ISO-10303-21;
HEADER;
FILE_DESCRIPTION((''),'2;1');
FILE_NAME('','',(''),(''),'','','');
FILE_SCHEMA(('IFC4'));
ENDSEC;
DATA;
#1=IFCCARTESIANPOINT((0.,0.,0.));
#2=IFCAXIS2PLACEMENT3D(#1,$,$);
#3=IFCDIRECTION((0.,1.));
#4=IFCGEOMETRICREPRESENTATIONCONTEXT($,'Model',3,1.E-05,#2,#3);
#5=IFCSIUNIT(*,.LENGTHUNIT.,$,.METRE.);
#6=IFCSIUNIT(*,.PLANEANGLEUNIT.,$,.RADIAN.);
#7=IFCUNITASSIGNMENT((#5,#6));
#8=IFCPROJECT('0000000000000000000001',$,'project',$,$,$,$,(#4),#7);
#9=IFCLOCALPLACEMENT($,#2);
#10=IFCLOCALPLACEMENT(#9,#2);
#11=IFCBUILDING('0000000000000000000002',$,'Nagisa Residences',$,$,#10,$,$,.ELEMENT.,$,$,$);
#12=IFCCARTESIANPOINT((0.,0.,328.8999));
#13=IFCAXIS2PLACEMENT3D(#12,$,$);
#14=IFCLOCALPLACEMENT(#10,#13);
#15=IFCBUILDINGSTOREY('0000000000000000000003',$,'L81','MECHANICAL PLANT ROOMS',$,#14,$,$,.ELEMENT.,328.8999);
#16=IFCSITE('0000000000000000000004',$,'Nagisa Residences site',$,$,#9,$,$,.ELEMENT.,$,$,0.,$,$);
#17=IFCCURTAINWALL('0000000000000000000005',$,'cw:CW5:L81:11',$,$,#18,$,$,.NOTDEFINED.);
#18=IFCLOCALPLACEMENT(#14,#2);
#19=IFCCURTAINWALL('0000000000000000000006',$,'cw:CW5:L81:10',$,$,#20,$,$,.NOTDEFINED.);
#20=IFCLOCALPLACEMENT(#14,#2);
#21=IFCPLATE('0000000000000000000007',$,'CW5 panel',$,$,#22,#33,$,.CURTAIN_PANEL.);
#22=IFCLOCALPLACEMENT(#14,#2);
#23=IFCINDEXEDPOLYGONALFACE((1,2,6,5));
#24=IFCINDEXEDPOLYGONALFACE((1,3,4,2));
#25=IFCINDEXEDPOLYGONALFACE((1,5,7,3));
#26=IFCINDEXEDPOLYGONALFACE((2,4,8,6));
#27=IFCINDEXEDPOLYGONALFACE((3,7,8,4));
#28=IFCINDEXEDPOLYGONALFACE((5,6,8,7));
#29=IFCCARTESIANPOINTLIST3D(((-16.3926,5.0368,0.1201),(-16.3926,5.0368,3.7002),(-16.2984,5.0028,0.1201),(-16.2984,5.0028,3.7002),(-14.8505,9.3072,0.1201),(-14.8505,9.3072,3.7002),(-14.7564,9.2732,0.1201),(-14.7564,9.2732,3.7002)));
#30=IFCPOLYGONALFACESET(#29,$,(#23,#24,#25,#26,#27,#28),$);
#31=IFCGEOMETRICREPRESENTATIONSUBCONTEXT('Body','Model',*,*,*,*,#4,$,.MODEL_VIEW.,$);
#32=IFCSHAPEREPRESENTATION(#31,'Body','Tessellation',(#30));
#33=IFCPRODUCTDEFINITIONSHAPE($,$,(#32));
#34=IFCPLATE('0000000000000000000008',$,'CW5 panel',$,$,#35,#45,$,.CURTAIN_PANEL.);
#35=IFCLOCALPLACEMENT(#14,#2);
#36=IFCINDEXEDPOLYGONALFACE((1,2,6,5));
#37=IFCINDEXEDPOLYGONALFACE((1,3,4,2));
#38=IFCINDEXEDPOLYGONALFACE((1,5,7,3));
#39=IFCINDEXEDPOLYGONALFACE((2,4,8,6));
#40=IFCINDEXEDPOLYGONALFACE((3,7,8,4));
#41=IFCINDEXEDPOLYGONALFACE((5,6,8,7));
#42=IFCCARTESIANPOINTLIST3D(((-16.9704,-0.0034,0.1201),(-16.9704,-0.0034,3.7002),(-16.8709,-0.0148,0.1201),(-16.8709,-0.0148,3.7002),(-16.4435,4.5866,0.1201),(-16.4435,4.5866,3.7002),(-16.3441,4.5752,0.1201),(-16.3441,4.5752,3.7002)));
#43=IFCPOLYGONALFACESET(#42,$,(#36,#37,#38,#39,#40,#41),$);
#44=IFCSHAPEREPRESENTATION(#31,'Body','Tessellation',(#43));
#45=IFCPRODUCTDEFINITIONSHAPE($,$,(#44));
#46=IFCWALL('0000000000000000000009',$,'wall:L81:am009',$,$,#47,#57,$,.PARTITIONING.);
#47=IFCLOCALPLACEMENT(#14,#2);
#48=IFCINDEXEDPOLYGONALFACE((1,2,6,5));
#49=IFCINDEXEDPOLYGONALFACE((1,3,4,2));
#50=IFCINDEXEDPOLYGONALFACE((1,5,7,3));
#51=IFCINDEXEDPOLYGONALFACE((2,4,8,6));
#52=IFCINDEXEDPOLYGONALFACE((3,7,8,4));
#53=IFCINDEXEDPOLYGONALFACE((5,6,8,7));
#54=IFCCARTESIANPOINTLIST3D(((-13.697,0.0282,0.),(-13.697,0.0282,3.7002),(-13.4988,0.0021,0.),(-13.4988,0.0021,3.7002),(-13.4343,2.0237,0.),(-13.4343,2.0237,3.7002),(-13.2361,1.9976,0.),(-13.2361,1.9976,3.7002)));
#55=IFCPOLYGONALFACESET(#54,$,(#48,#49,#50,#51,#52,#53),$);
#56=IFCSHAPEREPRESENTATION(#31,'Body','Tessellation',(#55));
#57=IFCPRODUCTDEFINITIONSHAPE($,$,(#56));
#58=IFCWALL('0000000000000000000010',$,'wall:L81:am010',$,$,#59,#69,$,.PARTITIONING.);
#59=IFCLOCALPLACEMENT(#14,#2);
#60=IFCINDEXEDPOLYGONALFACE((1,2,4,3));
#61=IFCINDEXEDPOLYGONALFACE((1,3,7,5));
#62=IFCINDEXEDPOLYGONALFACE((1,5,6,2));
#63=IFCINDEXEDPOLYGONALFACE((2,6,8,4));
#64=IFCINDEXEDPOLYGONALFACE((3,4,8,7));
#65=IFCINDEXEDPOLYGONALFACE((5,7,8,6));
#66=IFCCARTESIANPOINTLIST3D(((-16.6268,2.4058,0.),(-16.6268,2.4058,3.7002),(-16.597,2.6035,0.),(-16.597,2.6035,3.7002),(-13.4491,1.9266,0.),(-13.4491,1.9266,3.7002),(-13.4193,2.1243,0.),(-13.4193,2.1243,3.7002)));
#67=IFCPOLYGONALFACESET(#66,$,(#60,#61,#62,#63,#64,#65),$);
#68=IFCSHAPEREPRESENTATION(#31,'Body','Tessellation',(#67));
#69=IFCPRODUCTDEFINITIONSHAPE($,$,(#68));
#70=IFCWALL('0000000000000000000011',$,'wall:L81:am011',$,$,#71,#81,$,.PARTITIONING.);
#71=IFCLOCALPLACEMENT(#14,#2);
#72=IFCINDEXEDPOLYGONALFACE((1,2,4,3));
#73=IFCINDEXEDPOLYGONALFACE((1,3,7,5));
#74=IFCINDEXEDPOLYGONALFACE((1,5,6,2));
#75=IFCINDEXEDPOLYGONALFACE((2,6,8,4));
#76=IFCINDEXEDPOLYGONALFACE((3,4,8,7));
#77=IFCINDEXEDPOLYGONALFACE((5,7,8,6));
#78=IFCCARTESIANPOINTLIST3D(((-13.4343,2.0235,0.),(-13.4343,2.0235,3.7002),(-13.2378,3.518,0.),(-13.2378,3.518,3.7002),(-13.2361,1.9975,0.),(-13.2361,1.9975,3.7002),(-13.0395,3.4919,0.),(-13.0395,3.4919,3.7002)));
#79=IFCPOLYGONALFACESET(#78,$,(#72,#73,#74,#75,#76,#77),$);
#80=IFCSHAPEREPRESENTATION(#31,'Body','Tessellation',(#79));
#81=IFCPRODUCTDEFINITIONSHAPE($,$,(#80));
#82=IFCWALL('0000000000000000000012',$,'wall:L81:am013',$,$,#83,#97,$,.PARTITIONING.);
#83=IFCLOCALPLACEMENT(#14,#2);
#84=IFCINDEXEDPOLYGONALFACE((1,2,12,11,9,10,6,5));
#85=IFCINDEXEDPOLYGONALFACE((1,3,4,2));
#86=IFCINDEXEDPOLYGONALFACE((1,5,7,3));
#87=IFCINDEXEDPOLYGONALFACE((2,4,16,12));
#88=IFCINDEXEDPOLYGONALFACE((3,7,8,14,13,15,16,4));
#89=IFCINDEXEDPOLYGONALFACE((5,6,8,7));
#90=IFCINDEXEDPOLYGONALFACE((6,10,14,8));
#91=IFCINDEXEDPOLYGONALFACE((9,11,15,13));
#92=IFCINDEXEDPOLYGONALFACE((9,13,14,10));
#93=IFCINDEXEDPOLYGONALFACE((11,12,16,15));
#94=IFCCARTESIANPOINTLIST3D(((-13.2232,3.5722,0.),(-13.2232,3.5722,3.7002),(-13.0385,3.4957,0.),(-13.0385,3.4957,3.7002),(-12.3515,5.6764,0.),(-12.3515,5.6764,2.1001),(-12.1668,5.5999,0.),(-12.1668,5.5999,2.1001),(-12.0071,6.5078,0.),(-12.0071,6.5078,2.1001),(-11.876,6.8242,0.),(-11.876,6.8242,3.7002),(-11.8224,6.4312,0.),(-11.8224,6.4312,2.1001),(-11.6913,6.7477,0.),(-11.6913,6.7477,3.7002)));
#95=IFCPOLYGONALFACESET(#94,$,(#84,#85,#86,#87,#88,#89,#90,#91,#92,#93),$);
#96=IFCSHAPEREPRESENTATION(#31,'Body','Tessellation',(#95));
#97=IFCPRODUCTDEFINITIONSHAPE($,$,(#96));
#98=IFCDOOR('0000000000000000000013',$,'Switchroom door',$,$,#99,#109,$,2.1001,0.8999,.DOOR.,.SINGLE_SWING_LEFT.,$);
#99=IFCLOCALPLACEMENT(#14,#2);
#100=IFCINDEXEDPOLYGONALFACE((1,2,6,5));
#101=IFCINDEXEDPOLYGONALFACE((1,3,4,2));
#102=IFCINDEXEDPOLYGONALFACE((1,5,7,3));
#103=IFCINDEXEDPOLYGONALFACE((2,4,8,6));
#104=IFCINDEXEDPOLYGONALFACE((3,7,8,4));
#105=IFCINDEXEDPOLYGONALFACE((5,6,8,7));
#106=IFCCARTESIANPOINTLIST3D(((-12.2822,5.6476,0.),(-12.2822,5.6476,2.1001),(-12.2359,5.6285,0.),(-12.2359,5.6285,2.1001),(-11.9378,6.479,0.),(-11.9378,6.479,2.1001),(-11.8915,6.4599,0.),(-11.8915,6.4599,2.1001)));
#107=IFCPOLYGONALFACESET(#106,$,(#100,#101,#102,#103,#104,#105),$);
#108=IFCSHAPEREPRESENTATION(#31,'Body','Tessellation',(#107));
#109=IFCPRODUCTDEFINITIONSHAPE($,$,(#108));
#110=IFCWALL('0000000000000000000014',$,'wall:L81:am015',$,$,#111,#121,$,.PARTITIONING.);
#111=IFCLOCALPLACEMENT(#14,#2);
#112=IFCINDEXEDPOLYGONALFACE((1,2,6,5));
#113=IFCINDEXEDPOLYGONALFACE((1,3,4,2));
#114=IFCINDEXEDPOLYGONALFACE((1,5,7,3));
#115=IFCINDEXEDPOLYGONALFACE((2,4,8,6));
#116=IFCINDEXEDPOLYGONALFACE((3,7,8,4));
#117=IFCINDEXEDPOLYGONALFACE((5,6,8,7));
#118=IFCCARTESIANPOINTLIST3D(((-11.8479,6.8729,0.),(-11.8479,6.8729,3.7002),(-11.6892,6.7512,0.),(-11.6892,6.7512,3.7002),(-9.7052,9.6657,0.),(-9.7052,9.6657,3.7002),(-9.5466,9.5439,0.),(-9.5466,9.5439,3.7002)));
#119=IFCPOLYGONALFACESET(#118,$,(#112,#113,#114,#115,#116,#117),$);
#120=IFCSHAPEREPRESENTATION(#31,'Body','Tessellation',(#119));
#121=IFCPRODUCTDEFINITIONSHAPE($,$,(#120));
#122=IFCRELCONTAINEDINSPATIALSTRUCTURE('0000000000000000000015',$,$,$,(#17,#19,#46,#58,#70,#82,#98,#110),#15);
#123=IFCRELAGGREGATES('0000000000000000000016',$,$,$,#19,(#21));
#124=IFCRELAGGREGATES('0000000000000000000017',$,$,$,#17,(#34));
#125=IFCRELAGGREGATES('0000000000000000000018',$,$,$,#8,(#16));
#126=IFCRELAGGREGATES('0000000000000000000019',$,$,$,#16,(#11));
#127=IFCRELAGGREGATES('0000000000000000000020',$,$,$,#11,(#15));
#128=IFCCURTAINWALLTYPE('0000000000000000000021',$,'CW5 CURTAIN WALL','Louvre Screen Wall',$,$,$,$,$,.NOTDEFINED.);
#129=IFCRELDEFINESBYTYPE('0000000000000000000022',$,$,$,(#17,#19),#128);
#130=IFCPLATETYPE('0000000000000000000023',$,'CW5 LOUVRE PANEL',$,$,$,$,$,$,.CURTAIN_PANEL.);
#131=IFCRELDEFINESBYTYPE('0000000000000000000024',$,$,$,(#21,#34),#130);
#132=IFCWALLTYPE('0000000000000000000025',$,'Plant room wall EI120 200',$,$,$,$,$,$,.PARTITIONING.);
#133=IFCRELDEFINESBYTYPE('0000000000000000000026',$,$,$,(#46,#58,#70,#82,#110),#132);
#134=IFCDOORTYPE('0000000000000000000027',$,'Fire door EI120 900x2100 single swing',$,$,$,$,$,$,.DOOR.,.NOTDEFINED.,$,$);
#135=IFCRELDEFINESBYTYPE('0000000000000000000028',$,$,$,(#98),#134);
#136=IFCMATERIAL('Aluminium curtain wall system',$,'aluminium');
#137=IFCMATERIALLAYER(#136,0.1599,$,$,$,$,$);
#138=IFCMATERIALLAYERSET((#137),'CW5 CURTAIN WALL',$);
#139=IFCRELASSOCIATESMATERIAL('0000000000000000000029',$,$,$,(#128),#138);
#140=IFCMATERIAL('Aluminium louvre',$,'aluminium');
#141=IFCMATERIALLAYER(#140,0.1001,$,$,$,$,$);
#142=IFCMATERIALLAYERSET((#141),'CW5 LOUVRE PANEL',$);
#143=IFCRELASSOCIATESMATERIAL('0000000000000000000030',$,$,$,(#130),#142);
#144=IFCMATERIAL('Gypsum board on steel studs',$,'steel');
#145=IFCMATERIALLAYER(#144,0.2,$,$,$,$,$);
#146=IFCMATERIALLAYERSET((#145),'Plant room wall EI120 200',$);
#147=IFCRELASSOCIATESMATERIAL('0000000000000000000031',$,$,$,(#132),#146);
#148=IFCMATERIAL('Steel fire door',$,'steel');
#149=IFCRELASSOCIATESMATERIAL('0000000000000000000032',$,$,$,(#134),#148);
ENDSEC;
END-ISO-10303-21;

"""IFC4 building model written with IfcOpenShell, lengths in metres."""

from ifc_helpers import new_model, si_unit, direction, frame, frame_2d, origin, origin_2d, place, context, subcontext, project, spatial, rectangle, extrude, material, layer, layer_set, type_object, element, fill, aggregate, save


model = new_model("IFC4")

# Units and contexts
model_context = context("Model", 3, precision=1e-05, world=origin(), true_north=direction((0.0, 1.0)))
body_context = subcontext(model_context, "Body", "Model", "MODEL_VIEW")
ifc_project = project(units=[si_unit("LENGTHUNIT", "METRE"), si_unit("PLANEANGLEUNIT", "RADIAN")], contexts=[model_context])

# Site, building, storey
site_placement = place(None, origin())
site = spatial("IfcSite", under=ifc_project, at=site_placement, Name="Nagisa Residences site", CompositionType="ELEMENT", RefElevation=0.0)
building_placement = place(site_placement, origin())
building = spatial("IfcBuilding", under=site, at=building_placement, Name="Nagisa Residences", CompositionType="ELEMENT")
storey_placement = place(building_placement, frame((0.0, 0.0, 328.8999)))
storey = spatial("IfcBuildingStorey", under=building, at=storey_placement, Name="L81", Description="MECHANICAL PLANT ROOMS", CompositionType="ELEMENT", Elevation=328.8999)

# Curtain wall
ifc_material_1 = material(Name="Aluminium curtain wall system", Category="aluminium")
ifc_layer_1 = layer(ifc_material_1, 0.1599)
ifc_layer_set_1 = layer_set([ifc_layer_1], Name="CW5 CURTAIN WALL")
curtain_wall_type = type_object("IfcCurtainWallType", Name="CW5 CURTAIN WALL", Description="Louvre Screen Wall", PredefinedType="NOTDEFINED", material=ifc_layer_set_1)
curtain_wall_1_placement = place(storey_placement, origin())
curtain_wall_1 = element("IfcCurtainWall", 1, at=curtain_wall_1_placement, inside=storey, type_object=curtain_wall_type, Name="cw:CW5:L81:11", PredefinedType="NOTDEFINED")

# Curtain wall, plate
curtain_wall_2_placement = place(storey_placement, origin())
curtain_wall_2 = element("IfcCurtainWall", 2, at=curtain_wall_2_placement, inside=storey, type_object=curtain_wall_type, Name="cw:CW5:L81:10", PredefinedType="NOTDEFINED")
ifc_material_2 = material(Name="Aluminium louvre", Category="aluminium")
ifc_layer_2 = layer(ifc_material_2, 0.1001)
ifc_layer_set_2 = layer_set([ifc_layer_2], Name="CW5 LOUVRE PANEL")
plate_type = type_object("IfcPlateType", Name="CW5 LOUVRE PANEL", PredefinedType="CURTAIN_PANEL", material=ifc_layer_set_2)
plate_1_placement = place(storey_placement, frame((-15.5745, 7.155, 0.1201), z_axis=(0.0, 0.0, 1.0), x_axis=(-0.339643, -0.940554, 0.0)))
plate_1 = element("IfcPlate", 3, at=plate_1_placement, type_object=plate_type, Name="CW5 panel", PredefinedType="CURTAIN_PANEL", context=body_context, shape_type="SweptSolid", body=[
    extrude(rectangle(XDim=4.5403, YDim=0.1001, at=origin_2d()), origin(), (0.0, 0.0, 1.0), 3.5801),
])
aggregate(curtain_wall_2, [plate_1])

# Plate
plate_2_placement = place(storey_placement, frame((-16.6572, 2.2859, 0.1201), z_axis=(0.0, 0.0, 1.0), x_axis=(-0.114025, -0.993478, 0.0)))
plate_2 = element("IfcPlate", 4, at=plate_2_placement, type_object=plate_type, Name="CW5 panel", PredefinedType="CURTAIN_PANEL", context=body_context, shape_type="SweptSolid", body=[
    extrude(rectangle(XDim=4.6201, YDim=0.1001, at=origin_2d()), origin(), (0.0, 0.0, 1.0), 3.5801),
])
aggregate(curtain_wall_1, [plate_2])

# Walls
ifc_material_3 = material(Name="Gypsum board on steel studs", Category="steel")
ifc_layer_3 = layer(ifc_material_3, 0.2)
ifc_layer_set_3 = layer_set([ifc_layer_3], Name="Plant room wall EI120 200")
wall_type = type_object("IfcWallType", Name="Plant room wall EI120 200", PredefinedType="PARTITIONING", material=ifc_layer_set_3)
wall_1_placement = place(storey_placement, frame((-13.5979, 0.0151, 0.0), z_axis=(0.0, 0.0, 1.0), x_axis=(0.130527, 0.991445, 0.0)))
element("IfcWall", 5, at=wall_1_placement, inside=storey, type_object=wall_type, Name="wall:L81:am009", PredefinedType="PARTITIONING", context=body_context, shape_type="SweptSolid", body=[
    extrude(rectangle(XDim=2.0127, YDim=0.2, at=frame_2d((1.0063, 0.0))), origin(), (0.0, 0.0, 1.0), 3.7002),
])
wall_2_placement = place(storey_placement, frame((-13.4341, 2.0254, 0.0), z_axis=(0.0, 0.0, 1.0), x_axis=(-0.988818, 0.149128, 0.0)))
element("IfcWall", 6, at=wall_2_placement, inside=storey, type_object=wall_type, Name="wall:L81:am010", PredefinedType="PARTITIONING", context=body_context, shape_type="SweptSolid", body=[
    extrude(rectangle(XDim=3.2136, YDim=0.2, at=frame_2d((1.6069, 0.0))), origin(), (0.0, 0.0, 1.0), 3.7002),
])
wall_3_placement = place(storey_placement, frame((-13.3352, 2.0105, 0.0), z_axis=(0.0, 0.0, 1.0), x_axis=(0.130392, 0.991463, 0.0)))
element("IfcWall", 7, at=wall_3_placement, inside=storey, type_object=wall_type, Name="wall:L81:am011", PredefinedType="PARTITIONING", context=body_context, shape_type="SweptSolid", body=[
    extrude(rectangle(XDim=1.5073, YDim=0.2, at=frame_2d((0.7537, 0.0))), origin(), (0.0, 0.0, 1.0), 3.7002),
])

# Wall, opening, door
wall_4_placement = place(storey_placement, frame((-13.1309, 3.5339, 0.0), z_axis=(0.0, 0.0, 1.0), x_axis=(0.382723, 0.923863, 0.0)))
wall_4 = element("IfcWall", 8, at=wall_4_placement, inside=storey, type_object=wall_type, Name="wall:L81:am013", PredefinedType="PARTITIONING", context=body_context, shape_type="SweptSolid", body=[
    extrude(rectangle(XDim=3.52, YDim=0.2, at=frame_2d((1.76, 0.0))), origin(), (0.0, 0.0, 1.0), 3.7002),
])
opening_placement = place(wall_4_placement, frame((2.2776, 0.0, 0.0)))
opening = element("IfcOpeningElement", 9, at=opening_placement, cuts=wall_4, PredefinedType="OPENING", context=body_context, shape_type="SweptSolid", body=[
    extrude(rectangle(XDim=0.8999, YDim=2.1001, at=frame_2d((0.45, 1.05))), frame((0.0, 0.1099, 0.0), z_axis=(0.0, -1.0, 0.0), x_axis=(1.0, 0.0, 0.0)), (0.0, 0.0, 1.0), 0.22),
])
ifc_material_4 = material(Name="Steel fire door", Category="steel")
door_type = type_object("IfcDoorType", Name="Fire door EI120 900x2100 single swing", OperationType="NOTDEFINED", PredefinedType="DOOR", material=ifc_material_4)
door_placement = place(opening_placement, origin())
door = element("IfcDoor", 10, at=door_placement, inside=storey, type_object=door_type, Name="Switchroom door", OperationType="SINGLE_SWING_LEFT", OverallHeight=2.1001, OverallWidth=0.8999, PredefinedType="DOOR", context=body_context, shape_type="SweptSolid", body=[
    extrude(rectangle(XDim=0.8999, YDim=2.1001, at=frame_2d((0.45, 1.05))), frame((0.0, 0.0249, 0.0), z_axis=(0.0, -1.0, 0.0), x_axis=(1.0, 0.0, 0.0)), (0.0, 0.0, 1.0), 0.05),
])
fill(opening, door)

# Wall
wall_5_placement = place(storey_placement, frame((-11.7686, 6.812, 0.0), z_axis=(0.0, 0.0, 1.0), x_axis=(0.608698, 0.793402, 0.0)))
element("IfcWall", 11, at=wall_5_placement, inside=storey, type_object=wall_type, Name="wall:L81:am015", PredefinedType="PARTITIONING", context=body_context, shape_type="SweptSolid", body=[
    extrude(rectangle(XDim=3.52, YDim=0.2, at=frame_2d((1.76, 0.0))), origin(), (0.0, 0.0, 1.0), 3.7002),
])

save(model, "model.ifc")
